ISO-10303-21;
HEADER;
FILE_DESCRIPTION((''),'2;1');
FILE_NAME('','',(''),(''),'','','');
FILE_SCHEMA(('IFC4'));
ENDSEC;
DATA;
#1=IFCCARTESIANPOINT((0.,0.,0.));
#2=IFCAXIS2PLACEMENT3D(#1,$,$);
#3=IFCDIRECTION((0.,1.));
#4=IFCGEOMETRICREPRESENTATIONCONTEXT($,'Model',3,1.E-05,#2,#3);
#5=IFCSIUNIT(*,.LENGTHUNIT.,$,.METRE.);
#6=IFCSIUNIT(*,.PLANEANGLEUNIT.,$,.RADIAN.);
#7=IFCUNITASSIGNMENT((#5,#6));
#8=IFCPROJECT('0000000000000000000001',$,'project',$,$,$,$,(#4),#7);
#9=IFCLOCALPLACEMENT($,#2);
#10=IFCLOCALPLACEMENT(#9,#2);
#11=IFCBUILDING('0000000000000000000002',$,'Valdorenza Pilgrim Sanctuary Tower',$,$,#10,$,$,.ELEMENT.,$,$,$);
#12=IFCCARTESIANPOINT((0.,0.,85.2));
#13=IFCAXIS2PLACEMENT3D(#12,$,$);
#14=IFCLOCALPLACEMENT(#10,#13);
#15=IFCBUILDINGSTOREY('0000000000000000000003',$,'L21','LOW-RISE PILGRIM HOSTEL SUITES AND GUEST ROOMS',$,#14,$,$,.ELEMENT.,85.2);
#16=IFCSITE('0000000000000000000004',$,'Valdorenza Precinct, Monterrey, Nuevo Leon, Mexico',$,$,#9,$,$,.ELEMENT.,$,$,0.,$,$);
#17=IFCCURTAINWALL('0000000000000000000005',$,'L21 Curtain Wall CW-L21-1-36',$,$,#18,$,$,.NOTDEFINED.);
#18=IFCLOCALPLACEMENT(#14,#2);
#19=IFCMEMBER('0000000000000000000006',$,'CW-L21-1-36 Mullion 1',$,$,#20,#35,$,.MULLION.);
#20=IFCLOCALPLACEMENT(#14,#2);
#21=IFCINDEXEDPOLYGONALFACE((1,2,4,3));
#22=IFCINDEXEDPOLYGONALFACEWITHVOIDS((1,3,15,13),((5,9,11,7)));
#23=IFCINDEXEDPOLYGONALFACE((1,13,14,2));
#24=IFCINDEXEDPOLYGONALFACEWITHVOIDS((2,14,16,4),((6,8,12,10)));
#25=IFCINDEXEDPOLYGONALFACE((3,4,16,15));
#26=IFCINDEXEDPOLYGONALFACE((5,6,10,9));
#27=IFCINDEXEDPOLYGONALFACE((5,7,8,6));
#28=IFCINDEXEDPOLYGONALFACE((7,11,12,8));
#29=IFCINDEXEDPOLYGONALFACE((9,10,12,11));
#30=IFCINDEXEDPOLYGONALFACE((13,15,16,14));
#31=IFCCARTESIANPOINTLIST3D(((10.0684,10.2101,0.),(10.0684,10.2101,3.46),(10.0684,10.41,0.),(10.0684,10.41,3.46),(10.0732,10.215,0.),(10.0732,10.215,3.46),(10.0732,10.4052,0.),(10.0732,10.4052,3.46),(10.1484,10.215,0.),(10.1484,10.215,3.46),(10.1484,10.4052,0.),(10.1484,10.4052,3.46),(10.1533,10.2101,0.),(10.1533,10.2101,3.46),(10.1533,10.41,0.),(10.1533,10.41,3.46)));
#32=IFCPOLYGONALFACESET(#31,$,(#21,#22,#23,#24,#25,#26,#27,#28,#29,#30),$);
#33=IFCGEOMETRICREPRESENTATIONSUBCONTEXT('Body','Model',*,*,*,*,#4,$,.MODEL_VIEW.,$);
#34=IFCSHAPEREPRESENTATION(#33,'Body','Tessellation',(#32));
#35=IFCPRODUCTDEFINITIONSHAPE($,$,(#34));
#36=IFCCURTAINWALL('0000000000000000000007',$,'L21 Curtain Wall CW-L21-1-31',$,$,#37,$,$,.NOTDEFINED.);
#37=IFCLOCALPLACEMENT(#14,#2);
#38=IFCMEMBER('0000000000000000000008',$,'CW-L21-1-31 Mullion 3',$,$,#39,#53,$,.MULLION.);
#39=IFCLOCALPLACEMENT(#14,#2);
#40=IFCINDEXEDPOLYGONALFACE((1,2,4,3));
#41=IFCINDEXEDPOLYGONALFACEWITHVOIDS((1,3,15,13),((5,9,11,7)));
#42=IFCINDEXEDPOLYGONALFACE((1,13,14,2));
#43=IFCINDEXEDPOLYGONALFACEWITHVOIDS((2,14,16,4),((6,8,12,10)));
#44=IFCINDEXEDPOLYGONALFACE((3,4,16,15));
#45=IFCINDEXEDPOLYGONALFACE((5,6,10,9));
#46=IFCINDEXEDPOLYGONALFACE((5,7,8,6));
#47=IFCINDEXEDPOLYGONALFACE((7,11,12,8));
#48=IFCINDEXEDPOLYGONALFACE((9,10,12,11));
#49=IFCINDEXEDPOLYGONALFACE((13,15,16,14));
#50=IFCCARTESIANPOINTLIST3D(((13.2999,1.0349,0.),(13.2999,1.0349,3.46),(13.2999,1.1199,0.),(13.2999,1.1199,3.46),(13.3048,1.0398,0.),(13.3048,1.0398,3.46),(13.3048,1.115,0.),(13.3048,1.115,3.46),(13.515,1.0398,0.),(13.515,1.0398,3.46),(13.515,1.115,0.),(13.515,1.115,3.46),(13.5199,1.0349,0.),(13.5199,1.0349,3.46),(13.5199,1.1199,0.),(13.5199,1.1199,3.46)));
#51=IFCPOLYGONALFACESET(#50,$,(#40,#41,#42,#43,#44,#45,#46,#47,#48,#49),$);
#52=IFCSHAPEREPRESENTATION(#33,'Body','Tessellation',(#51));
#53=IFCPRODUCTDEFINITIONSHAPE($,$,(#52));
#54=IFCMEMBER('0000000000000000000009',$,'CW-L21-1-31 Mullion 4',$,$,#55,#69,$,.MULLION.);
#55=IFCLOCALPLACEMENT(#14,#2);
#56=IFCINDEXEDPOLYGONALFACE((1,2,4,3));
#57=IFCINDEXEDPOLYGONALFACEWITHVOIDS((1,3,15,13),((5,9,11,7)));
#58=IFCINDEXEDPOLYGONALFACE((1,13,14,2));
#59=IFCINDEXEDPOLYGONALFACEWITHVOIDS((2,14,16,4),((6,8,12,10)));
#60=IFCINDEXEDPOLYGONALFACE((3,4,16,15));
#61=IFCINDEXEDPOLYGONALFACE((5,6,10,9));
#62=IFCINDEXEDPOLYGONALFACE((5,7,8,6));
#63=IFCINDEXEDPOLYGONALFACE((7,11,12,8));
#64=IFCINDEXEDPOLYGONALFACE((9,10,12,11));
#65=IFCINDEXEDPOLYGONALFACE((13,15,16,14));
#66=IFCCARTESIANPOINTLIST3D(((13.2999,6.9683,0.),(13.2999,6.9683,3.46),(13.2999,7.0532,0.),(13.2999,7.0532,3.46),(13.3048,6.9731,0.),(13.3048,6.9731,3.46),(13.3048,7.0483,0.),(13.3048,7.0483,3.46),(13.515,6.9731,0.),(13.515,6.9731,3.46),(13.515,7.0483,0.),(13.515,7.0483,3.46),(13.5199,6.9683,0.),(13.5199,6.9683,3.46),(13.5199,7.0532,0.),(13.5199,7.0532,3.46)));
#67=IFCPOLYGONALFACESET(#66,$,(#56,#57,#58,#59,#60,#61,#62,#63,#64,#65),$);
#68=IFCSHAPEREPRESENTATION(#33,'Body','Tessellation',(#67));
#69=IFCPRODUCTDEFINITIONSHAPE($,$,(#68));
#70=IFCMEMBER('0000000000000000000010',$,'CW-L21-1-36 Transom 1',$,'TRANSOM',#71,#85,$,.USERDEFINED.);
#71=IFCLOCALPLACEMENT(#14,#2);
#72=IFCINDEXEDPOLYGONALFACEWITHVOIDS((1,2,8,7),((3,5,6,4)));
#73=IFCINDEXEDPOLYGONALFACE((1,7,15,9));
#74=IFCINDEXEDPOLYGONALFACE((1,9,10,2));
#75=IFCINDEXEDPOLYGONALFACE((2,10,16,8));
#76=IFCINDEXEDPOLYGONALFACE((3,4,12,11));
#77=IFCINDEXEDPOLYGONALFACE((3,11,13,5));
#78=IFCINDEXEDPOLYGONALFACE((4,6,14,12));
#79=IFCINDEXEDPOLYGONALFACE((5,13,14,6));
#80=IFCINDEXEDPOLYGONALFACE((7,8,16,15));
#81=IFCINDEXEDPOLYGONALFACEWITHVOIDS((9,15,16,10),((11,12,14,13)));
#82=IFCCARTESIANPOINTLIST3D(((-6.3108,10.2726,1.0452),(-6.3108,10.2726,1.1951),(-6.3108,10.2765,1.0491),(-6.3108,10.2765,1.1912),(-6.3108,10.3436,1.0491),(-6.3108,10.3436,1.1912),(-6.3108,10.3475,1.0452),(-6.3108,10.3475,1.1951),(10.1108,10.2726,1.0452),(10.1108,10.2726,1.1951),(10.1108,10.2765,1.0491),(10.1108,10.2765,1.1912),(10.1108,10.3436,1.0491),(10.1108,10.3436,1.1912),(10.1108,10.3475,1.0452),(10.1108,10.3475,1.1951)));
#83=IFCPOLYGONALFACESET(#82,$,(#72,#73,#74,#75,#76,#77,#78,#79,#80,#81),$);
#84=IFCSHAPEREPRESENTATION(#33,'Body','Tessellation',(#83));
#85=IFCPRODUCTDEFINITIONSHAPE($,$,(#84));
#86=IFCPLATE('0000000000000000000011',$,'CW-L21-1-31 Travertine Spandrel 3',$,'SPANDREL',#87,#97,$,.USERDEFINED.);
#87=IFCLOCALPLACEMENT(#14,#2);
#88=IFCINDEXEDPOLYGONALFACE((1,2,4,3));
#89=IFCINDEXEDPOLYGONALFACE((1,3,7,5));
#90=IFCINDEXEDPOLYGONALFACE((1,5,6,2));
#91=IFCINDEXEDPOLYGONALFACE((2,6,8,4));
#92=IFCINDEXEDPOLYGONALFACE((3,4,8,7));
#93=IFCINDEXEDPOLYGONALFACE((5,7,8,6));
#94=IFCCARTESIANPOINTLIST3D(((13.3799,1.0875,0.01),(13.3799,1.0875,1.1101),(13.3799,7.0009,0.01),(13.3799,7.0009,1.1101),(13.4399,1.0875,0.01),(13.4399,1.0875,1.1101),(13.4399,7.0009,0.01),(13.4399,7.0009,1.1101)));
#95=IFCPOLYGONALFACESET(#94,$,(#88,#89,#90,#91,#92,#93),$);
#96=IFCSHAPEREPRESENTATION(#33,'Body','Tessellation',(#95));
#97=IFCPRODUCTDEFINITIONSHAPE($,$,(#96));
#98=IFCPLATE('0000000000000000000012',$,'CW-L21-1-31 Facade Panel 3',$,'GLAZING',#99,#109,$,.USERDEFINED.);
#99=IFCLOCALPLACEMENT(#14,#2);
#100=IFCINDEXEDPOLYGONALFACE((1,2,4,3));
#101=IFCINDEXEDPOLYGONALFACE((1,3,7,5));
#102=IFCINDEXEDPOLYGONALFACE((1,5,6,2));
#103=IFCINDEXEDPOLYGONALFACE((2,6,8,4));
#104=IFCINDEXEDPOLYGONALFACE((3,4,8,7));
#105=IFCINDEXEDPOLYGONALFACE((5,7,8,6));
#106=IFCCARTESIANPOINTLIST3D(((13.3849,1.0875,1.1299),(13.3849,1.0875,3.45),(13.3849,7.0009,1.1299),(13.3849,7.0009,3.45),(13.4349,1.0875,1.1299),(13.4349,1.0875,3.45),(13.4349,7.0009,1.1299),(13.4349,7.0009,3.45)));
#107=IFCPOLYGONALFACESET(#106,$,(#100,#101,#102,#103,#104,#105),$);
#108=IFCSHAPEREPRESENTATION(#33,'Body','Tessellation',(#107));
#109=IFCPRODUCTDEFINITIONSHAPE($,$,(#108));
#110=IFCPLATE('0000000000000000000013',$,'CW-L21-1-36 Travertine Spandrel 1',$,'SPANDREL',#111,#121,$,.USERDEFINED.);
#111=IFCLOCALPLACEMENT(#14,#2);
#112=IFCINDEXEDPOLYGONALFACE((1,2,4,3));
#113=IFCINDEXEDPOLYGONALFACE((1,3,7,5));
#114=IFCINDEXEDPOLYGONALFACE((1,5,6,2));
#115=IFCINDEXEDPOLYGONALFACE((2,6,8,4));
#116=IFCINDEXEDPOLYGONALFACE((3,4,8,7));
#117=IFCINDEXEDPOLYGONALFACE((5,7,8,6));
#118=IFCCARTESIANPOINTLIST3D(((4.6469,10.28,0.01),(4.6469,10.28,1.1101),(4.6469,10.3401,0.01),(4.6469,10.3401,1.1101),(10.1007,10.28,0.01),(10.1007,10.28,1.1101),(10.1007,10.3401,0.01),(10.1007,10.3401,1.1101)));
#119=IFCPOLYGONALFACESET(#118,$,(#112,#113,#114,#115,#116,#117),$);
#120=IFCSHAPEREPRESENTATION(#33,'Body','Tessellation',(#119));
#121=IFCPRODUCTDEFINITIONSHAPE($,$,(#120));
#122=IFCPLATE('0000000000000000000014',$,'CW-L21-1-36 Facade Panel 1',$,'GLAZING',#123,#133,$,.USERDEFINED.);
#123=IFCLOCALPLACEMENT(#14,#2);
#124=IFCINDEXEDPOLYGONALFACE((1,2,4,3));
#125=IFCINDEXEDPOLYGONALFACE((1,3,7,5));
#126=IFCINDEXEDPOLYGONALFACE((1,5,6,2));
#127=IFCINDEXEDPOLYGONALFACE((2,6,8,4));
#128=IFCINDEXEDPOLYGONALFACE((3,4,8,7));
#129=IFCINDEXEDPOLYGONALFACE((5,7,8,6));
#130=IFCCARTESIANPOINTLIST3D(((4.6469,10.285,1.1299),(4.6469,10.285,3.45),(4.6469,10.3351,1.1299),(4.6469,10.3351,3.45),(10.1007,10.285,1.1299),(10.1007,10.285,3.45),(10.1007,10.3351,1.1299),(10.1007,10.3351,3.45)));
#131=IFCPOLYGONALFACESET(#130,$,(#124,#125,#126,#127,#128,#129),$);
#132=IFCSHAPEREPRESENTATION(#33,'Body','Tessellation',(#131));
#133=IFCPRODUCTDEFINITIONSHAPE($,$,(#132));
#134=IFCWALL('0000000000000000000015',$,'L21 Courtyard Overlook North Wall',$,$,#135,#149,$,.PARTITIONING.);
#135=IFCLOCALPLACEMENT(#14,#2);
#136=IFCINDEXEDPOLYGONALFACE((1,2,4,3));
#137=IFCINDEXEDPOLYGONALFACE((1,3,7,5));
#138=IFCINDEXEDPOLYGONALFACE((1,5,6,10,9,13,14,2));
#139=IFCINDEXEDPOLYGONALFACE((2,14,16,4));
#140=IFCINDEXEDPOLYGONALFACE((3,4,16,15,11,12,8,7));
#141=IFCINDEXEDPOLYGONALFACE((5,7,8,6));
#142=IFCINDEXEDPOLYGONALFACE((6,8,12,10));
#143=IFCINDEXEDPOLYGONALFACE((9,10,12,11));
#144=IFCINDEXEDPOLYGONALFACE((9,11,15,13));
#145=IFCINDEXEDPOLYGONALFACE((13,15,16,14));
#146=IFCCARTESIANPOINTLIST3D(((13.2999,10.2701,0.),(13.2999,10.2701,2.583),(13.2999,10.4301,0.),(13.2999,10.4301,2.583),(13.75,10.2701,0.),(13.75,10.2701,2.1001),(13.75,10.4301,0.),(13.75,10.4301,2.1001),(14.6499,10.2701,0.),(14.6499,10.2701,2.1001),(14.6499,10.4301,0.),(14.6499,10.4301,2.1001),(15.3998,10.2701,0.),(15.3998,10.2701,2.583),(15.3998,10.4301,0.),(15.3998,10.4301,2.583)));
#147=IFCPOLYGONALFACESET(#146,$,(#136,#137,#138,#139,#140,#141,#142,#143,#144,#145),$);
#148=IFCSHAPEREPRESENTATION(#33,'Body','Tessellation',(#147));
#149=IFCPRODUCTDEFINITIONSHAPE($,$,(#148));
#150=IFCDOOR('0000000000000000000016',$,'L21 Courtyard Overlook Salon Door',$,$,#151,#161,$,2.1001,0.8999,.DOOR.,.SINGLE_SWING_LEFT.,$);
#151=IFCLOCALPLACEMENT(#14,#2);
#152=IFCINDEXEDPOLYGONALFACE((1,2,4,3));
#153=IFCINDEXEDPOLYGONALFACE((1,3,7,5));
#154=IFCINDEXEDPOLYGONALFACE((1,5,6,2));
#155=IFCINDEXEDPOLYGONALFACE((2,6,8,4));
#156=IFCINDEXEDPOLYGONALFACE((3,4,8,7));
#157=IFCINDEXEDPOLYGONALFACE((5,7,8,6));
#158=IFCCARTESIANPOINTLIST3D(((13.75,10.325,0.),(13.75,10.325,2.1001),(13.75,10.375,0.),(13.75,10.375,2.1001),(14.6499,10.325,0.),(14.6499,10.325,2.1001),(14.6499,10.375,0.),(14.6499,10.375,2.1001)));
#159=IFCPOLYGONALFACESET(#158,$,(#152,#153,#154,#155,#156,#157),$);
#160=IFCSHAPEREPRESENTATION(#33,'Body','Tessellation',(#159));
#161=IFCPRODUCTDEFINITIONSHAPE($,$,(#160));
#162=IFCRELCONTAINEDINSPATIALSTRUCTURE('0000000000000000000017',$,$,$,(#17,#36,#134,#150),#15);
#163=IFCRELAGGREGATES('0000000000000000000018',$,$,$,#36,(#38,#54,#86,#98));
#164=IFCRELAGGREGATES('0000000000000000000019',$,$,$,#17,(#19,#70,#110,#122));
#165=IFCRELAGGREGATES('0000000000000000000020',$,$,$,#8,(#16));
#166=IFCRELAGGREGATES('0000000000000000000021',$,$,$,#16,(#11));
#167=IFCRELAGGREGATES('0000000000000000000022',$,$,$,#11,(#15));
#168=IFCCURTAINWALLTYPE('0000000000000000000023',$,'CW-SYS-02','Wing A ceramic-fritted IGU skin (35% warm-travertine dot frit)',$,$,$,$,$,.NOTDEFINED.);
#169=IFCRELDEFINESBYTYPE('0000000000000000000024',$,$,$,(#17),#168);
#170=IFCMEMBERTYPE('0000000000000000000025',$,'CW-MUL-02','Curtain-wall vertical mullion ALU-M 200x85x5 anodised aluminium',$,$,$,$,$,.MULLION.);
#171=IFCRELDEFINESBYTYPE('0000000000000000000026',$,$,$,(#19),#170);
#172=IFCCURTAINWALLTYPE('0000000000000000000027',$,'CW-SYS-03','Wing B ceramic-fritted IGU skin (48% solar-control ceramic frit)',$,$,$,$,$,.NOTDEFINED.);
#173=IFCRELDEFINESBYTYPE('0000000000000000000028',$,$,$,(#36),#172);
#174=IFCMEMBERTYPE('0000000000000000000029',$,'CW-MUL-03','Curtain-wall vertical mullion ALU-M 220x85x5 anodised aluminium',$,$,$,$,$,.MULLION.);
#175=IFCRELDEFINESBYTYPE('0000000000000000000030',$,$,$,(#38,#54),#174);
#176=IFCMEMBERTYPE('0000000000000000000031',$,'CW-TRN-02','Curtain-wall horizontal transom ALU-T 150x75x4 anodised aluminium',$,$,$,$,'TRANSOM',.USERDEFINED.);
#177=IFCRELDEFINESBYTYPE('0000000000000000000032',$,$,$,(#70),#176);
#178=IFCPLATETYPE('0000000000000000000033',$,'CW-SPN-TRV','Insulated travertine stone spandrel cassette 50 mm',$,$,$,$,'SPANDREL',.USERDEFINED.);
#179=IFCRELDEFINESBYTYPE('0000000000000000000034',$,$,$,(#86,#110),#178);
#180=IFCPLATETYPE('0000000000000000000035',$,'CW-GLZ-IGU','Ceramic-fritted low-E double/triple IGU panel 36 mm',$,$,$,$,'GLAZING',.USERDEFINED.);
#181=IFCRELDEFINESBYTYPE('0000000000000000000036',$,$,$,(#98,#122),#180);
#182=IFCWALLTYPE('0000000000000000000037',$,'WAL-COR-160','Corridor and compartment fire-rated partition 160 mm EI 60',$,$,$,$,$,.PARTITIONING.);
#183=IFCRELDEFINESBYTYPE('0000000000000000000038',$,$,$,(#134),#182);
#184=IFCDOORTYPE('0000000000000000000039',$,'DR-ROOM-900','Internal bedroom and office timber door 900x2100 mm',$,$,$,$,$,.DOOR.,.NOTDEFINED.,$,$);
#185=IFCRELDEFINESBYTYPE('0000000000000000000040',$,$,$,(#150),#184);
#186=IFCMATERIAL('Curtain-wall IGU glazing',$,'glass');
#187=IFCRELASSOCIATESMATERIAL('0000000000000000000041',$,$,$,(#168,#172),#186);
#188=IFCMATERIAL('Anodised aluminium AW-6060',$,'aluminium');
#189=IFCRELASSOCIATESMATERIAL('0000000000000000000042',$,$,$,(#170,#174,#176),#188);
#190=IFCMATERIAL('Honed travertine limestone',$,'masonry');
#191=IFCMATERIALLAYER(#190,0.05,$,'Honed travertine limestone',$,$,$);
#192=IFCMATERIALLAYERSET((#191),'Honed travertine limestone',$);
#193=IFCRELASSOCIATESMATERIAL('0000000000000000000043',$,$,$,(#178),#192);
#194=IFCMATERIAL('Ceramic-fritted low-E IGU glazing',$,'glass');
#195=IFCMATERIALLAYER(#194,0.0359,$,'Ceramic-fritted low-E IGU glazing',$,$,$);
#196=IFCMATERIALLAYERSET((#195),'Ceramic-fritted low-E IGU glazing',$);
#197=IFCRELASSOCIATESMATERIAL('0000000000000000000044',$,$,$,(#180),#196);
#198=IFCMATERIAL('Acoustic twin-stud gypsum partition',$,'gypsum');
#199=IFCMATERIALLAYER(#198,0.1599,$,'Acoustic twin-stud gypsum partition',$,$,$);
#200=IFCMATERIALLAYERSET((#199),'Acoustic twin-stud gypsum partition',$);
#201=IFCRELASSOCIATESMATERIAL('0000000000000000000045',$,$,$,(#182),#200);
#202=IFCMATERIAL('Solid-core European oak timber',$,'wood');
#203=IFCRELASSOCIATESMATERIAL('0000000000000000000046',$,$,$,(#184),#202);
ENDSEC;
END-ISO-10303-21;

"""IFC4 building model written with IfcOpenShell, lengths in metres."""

from ifc_helpers import new_model, si_unit, direction, frame, frame_2d, origin, origin_2d, place, context, subcontext, project, spatial, rectangle, hollow_rectangle, extrude, source, transform, mapped, material, layer, layer_set, material_profile, profile_set, type_object, element, fill, aggregate, save


model = new_model("IFC4")

# Units and contexts
model_context = context("Model", 3, precision=1e-05, world=origin(), true_north=direction((0.0, 1.0)))
body_context = subcontext(model_context, "Body", "Model", "MODEL_VIEW")
ifc_project = project(units=[si_unit("LENGTHUNIT", "METRE"), si_unit("PLANEANGLEUNIT", "RADIAN")], contexts=[model_context])

# Site, building, storey
site_placement = place(None, origin())
site = spatial("IfcSite", under=ifc_project, at=site_placement, Name="Valdorenza Precinct, Monterrey, Nuevo Leon, Mexico", CompositionType="ELEMENT", RefElevation=0.0)
building_placement = place(site_placement, origin())
building = spatial("IfcBuilding", under=site, at=building_placement, Name="Valdorenza Pilgrim Sanctuary Tower", CompositionType="ELEMENT")
storey_placement = place(building_placement, frame((0.0, 0.0, 85.2)))
storey = spatial("IfcBuildingStorey", under=building, at=storey_placement, Name="L21", Description="LOW-RISE PILGRIM HOSTEL SUITES AND GUEST ROOMS", CompositionType="ELEMENT", Elevation=85.2)

# Curtain wall, member
ifc_material_1 = material(Name="Curtain-wall IGU glazing", Category="glass")
curtain_wall_type_1 = type_object("IfcCurtainWallType", Name="CW-SYS-02", Description="Wing A ceramic-fritted IGU skin (35% warm-travertine dot frit)", PredefinedType="NOTDEFINED", material=ifc_material_1)
curtain_wall_1_placement = place(storey_placement, origin())
curtain_wall_1 = element("IfcCurtainWall", 1, at=curtain_wall_1_placement, inside=storey, type_object=curtain_wall_type_1, Name="L21 Curtain Wall CW-L21-1-36", PredefinedType="NOTDEFINED")
ifc_material_2 = material(Name="Anodised aluminium AW-6060", Category="aluminium")
ifc_material_profile_1 = material_profile(ifc_material_2, hollow_rectangle(XDim=0.085, YDim=0.2, WallThickness=0.0049, at=origin_2d()), Name="ALU-M 200x85x5")
ifc_profile_set_1 = profile_set([ifc_material_profile_1], Name="Anodised aluminium AW-6060")
member_type_1 = type_object("IfcMemberType", Name="CW-MUL-02", Description="Curtain-wall vertical mullion ALU-M 200x85x5 anodised aluminium", PredefinedType="MULLION", material=ifc_profile_set_1)
shared_shape_1 = source(origin(), body_context, "Body", "SweptSolid", [
    extrude(hollow_rectangle(XDim=0.085, YDim=0.2, WallThickness=0.0049, at=origin_2d()), origin(), (0.0, 0.0, 1.0), 3.46),
])
member_1_placement = place(storey_placement, frame((10.1108, 10.3101, 0.0), z_axis=(0.0, 0.0, 1.0), x_axis=(-1.0, 0.0, 0.0)))
member_1 = element("IfcMember", 2, at=member_1_placement, type_object=member_type_1, Name="CW-L21-1-36 Mullion 1", PredefinedType="MULLION", context=body_context, shape_type="MappedRepresentation", body=[
    mapped(shared_shape_1, transform((0.0, 0.0, 0.0), x_axis=(1.0, 0.0, 0.0), y_axis=(0.0, 1.0, 0.0), z_axis=(0.0, 0.0, 1.0), scale=1.0)),
])

# Curtain wall, members
curtain_wall_type_2 = type_object("IfcCurtainWallType", Name="CW-SYS-03", Description="Wing B ceramic-fritted IGU skin (48% solar-control ceramic frit)", PredefinedType="NOTDEFINED", material=ifc_material_1)
curtain_wall_2_placement = place(storey_placement, origin())
curtain_wall_2 = element("IfcCurtainWall", 3, at=curtain_wall_2_placement, inside=storey, type_object=curtain_wall_type_2, Name="L21 Curtain Wall CW-L21-1-31", PredefinedType="NOTDEFINED")
ifc_material_profile_2 = material_profile(ifc_material_2, hollow_rectangle(XDim=0.085, YDim=0.22, WallThickness=0.0049, at=origin_2d()), Name="ALU-M 220x85x5")
ifc_profile_set_2 = profile_set([ifc_material_profile_2], Name="Anodised aluminium AW-6060")
member_type_2 = type_object("IfcMemberType", Name="CW-MUL-03", Description="Curtain-wall vertical mullion ALU-M 220x85x5 anodised aluminium", PredefinedType="MULLION", material=ifc_profile_set_2)
shared_shape_2 = source(origin(), body_context, "Body", "SweptSolid", [
    extrude(hollow_rectangle(XDim=0.085, YDim=0.22, WallThickness=0.0049, at=origin_2d()), origin(), (0.0, 0.0, 1.0), 3.46),
])
member_2_placement = place(storey_placement, frame((13.4099, 1.0774, 0.0), z_axis=(0.0, 0.0, 1.0), x_axis=(0.0, 1.0, 0.0)))
member_2 = element("IfcMember", 4, at=member_2_placement, type_object=member_type_2, Name="CW-L21-1-31 Mullion 3", PredefinedType="MULLION", context=body_context, shape_type="MappedRepresentation", body=[
    mapped(shared_shape_2, transform((0.0, 0.0, 0.0), x_axis=(1.0, 0.0, 0.0), y_axis=(0.0, 1.0, 0.0), z_axis=(0.0, 0.0, 1.0), scale=1.0)),
])
member_3_placement = place(storey_placement, frame((13.4099, 7.0107, 0.0), z_axis=(0.0, 0.0, 1.0), x_axis=(0.0, 1.0, 0.0)))
member_3 = element("IfcMember", 5, at=member_3_placement, type_object=member_type_2, Name="CW-L21-1-31 Mullion 4", PredefinedType="MULLION", context=body_context, shape_type="MappedRepresentation", body=[
    mapped(shared_shape_2, transform((0.0, 0.0, 0.0), x_axis=(1.0, 0.0, 0.0), y_axis=(0.0, 1.0, 0.0), z_axis=(0.0, 0.0, 1.0), scale=1.0)),
])

# Member
ifc_material_profile_3 = material_profile(ifc_material_2, hollow_rectangle(XDim=0.075, YDim=0.1499, WallThickness=0.0039, at=origin_2d()), Name="ALU-T 150x75x4")
ifc_profile_set_3 = profile_set([ifc_material_profile_3], Name="Anodised aluminium AW-6060")
member_type_3 = type_object("IfcMemberType", Name="CW-TRN-02", Description="Curtain-wall horizontal transom ALU-T 150x75x4 anodised aluminium", ElementType="TRANSOM", PredefinedType="USERDEFINED", material=ifc_profile_set_3)
shared_shape_3 = source(origin(), body_context, "Body", "SweptSolid", [
    extrude(hollow_rectangle(XDim=0.075, YDim=0.1499, WallThickness=0.0039, at=origin_2d()), origin(), (0.0, 0.0, 1.0), 16.4216),
])
member_4_placement = place(storey_placement, frame((10.1108, 10.3101, 1.1201), z_axis=(-1.0, 0.0, 0.0), x_axis=(0.0, -1.0, 0.0)))
member_4 = element("IfcMember", 6, at=member_4_placement, type_object=member_type_3, Name="CW-L21-1-36 Transom 1", ObjectType="TRANSOM", PredefinedType="USERDEFINED", context=body_context, shape_type="MappedRepresentation", body=[
    mapped(shared_shape_3, transform((0.0, 0.0, 0.0), x_axis=(1.0, 0.0, 0.0), y_axis=(0.0, 1.0, 0.0), z_axis=(0.0, 0.0, 1.0), scale=1.0)),
])

# Plates
ifc_material_3 = material(Name="Honed travertine limestone", Category="masonry")
ifc_layer_1 = layer(ifc_material_3, 0.05, Name="Honed travertine limestone")
ifc_layer_set_1 = layer_set([ifc_layer_1], Name="Honed travertine limestone")
plate_type_1 = type_object("IfcPlateType", Name="CW-SPN-TRV", Description="Insulated travertine stone spandrel cassette 50 mm", ElementType="SPANDREL", PredefinedType="USERDEFINED", material=ifc_layer_set_1)
shared_shape_4 = source(origin(), body_context, "Body", "SweptSolid", [
    extrude(rectangle(XDim=5.9133, YDim=0.0601, at=origin_2d()), origin(), (0.0, 0.0, 1.0), 1.1001),
])
plate_1_placement = place(storey_placement, frame((13.4099, 4.0442, 0.01), z_axis=(0.0, 0.0, 1.0), x_axis=(0.0, 1.0, 0.0)))
plate_1 = element("IfcPlate", 7, at=plate_1_placement, type_object=plate_type_1, Name="CW-L21-1-31 Travertine Spandrel 3", ObjectType="SPANDREL", PredefinedType="USERDEFINED", context=body_context, shape_type="MappedRepresentation", body=[
    mapped(shared_shape_4, transform((0.0, 0.0, 0.0), x_axis=(1.0, 0.0, 0.0), y_axis=(0.0, 1.0, 0.0), z_axis=(0.0, 0.0, 1.0), scale=1.0)),
])
ifc_material_4 = material(Name="Ceramic-fritted low-E IGU glazing", Category="glass")
ifc_layer_2 = layer(ifc_material_4, 0.0359, Name="Ceramic-fritted low-E IGU glazing")
ifc_layer_set_2 = layer_set([ifc_layer_2], Name="Ceramic-fritted low-E IGU glazing")
plate_type_2 = type_object("IfcPlateType", Name="CW-GLZ-IGU", Description="Ceramic-fritted low-E double/triple IGU panel 36 mm", ElementType="GLAZING", PredefinedType="USERDEFINED", material=ifc_layer_set_2)
shared_shape_5 = source(origin(), body_context, "Body", "SweptSolid", [
    extrude(rectangle(XDim=5.9133, YDim=0.05, at=origin_2d()), origin(), (0.0, 0.0, 1.0), 2.3201),
])
plate_2_placement = place(storey_placement, frame((13.4099, 4.0442, 1.1299), z_axis=(0.0, 0.0, 1.0), x_axis=(0.0, 1.0, 0.0)))
plate_2 = element("IfcPlate", 8, at=plate_2_placement, type_object=plate_type_2, Name="CW-L21-1-31 Facade Panel 3", ObjectType="GLAZING", PredefinedType="USERDEFINED", context=body_context, shape_type="MappedRepresentation", body=[
    mapped(shared_shape_5, transform((0.0, 0.0, 0.0), x_axis=(1.0, 0.0, 0.0), y_axis=(0.0, 1.0, 0.0), z_axis=(0.0, 0.0, 1.0), scale=1.0)),
])
aggregate(curtain_wall_2, [member_2, member_3, plate_1, plate_2])
shared_shape_6 = source(origin(), body_context, "Body", "SweptSolid", [
    extrude(rectangle(XDim=5.4539, YDim=0.0601, at=origin_2d()), origin(), (0.0, 0.0, 1.0), 1.1001),
])
plate_3_placement = place(storey_placement, frame((7.3738, 10.3101, 0.01), z_axis=(0.0, 0.0, 1.0), x_axis=(-1.0, 0.0, 0.0)))
plate_3 = element("IfcPlate", 9, at=plate_3_placement, type_object=plate_type_1, Name="CW-L21-1-36 Travertine Spandrel 1", ObjectType="SPANDREL", PredefinedType="USERDEFINED", context=body_context, shape_type="MappedRepresentation", body=[
    mapped(shared_shape_6, transform((0.0, 0.0, 0.0), x_axis=(1.0, 0.0, 0.0), y_axis=(0.0, 1.0, 0.0), z_axis=(0.0, 0.0, 1.0), scale=1.0)),
])
shared_shape_7 = source(origin(), body_context, "Body", "SweptSolid", [
    extrude(rectangle(XDim=5.4539, YDim=0.05, at=origin_2d()), origin(), (0.0, 0.0, 1.0), 2.3201),
])
plate_4_placement = place(storey_placement, frame((7.3738, 10.3101, 1.1299), z_axis=(0.0, 0.0, 1.0), x_axis=(-1.0, 0.0, 0.0)))
plate_4 = element("IfcPlate", 10, at=plate_4_placement, type_object=plate_type_2, Name="CW-L21-1-36 Facade Panel 1", ObjectType="GLAZING", PredefinedType="USERDEFINED", context=body_context, shape_type="MappedRepresentation", body=[
    mapped(shared_shape_7, transform((0.0, 0.0, 0.0), x_axis=(1.0, 0.0, 0.0), y_axis=(0.0, 1.0, 0.0), z_axis=(0.0, 0.0, 1.0), scale=1.0)),
])
aggregate(curtain_wall_1, [member_1, member_4, plate_3, plate_4])

# Wall, opening, door
ifc_material_5 = material(Name="Acoustic twin-stud gypsum partition", Category="gypsum")
ifc_layer_3 = layer(ifc_material_5, 0.1599, Name="Acoustic twin-stud gypsum partition")
ifc_layer_set_3 = layer_set([ifc_layer_3], Name="Acoustic twin-stud gypsum partition")
wall_type_1 = type_object("IfcWallType", Name="WAL-COR-160", Description="Corridor and compartment fire-rated partition 160 mm EI 60", PredefinedType="PARTITIONING", material=ifc_layer_set_3)
wall_1_placement = place(storey_placement, frame((13.3, 10.3501, 0.0), z_axis=(0.0, 0.0, 1.0), x_axis=(1.0, 0.0, 0.0)))
wall_1 = element("IfcWall", 11, at=wall_1_placement, inside=storey, type_object=wall_type_1, Name="L21 Courtyard Overlook North Wall", PredefinedType="PARTITIONING", context=body_context, shape_type="SweptSolid", body=[
    extrude(rectangle(XDim=2.0999, YDim=0.1599, at=frame_2d((1.0498, 0.0))), origin(), (0.0, 0.0, 1.0), 2.583),
])
opening_placement = place(wall_1_placement, frame((0.45, 0.0, 0.0)))
opening = element("IfcOpeningElement", 12, at=opening_placement, cuts=wall_1, PredefinedType="OPENING", context=body_context, shape_type="SweptSolid", body=[
    extrude(rectangle(XDim=0.8999, YDim=2.1001, at=frame_2d((0.45, 1.05))), frame((0.0, 0.0947, 0.0), z_axis=(0.0, -1.0, 0.0), x_axis=(1.0, 0.0, 0.0)), (0.0, 0.0, 1.0), 0.1897),
])
ifc_material_6 = material(Name="Solid-core European oak timber", Category="wood")
door_type = type_object("IfcDoorType", Name="DR-ROOM-900", Description="Internal bedroom and office timber door 900x2100 mm", OperationType="NOTDEFINED", PredefinedType="DOOR", material=ifc_material_6)
door_placement = place(opening_placement, origin())
door = element("IfcDoor", 13, at=door_placement, inside=storey, type_object=door_type, Name="L21 Courtyard Overlook Salon Door", OperationType="SINGLE_SWING_LEFT", OverallHeight=2.1001, OverallWidth=0.8999, PredefinedType="DOOR", context=body_context, shape_type="SweptSolid", body=[
    extrude(rectangle(XDim=0.8999, YDim=2.1001, at=frame_2d((0.45, 1.05))), frame((0.0, 0.0249, 0.0), z_axis=(0.0, -1.0, 0.0), x_axis=(1.0, 0.0, 0.0)), (0.0, 0.0, 1.0), 0.05),
])
fill(opening, door)

save(model, "model.ifc")
